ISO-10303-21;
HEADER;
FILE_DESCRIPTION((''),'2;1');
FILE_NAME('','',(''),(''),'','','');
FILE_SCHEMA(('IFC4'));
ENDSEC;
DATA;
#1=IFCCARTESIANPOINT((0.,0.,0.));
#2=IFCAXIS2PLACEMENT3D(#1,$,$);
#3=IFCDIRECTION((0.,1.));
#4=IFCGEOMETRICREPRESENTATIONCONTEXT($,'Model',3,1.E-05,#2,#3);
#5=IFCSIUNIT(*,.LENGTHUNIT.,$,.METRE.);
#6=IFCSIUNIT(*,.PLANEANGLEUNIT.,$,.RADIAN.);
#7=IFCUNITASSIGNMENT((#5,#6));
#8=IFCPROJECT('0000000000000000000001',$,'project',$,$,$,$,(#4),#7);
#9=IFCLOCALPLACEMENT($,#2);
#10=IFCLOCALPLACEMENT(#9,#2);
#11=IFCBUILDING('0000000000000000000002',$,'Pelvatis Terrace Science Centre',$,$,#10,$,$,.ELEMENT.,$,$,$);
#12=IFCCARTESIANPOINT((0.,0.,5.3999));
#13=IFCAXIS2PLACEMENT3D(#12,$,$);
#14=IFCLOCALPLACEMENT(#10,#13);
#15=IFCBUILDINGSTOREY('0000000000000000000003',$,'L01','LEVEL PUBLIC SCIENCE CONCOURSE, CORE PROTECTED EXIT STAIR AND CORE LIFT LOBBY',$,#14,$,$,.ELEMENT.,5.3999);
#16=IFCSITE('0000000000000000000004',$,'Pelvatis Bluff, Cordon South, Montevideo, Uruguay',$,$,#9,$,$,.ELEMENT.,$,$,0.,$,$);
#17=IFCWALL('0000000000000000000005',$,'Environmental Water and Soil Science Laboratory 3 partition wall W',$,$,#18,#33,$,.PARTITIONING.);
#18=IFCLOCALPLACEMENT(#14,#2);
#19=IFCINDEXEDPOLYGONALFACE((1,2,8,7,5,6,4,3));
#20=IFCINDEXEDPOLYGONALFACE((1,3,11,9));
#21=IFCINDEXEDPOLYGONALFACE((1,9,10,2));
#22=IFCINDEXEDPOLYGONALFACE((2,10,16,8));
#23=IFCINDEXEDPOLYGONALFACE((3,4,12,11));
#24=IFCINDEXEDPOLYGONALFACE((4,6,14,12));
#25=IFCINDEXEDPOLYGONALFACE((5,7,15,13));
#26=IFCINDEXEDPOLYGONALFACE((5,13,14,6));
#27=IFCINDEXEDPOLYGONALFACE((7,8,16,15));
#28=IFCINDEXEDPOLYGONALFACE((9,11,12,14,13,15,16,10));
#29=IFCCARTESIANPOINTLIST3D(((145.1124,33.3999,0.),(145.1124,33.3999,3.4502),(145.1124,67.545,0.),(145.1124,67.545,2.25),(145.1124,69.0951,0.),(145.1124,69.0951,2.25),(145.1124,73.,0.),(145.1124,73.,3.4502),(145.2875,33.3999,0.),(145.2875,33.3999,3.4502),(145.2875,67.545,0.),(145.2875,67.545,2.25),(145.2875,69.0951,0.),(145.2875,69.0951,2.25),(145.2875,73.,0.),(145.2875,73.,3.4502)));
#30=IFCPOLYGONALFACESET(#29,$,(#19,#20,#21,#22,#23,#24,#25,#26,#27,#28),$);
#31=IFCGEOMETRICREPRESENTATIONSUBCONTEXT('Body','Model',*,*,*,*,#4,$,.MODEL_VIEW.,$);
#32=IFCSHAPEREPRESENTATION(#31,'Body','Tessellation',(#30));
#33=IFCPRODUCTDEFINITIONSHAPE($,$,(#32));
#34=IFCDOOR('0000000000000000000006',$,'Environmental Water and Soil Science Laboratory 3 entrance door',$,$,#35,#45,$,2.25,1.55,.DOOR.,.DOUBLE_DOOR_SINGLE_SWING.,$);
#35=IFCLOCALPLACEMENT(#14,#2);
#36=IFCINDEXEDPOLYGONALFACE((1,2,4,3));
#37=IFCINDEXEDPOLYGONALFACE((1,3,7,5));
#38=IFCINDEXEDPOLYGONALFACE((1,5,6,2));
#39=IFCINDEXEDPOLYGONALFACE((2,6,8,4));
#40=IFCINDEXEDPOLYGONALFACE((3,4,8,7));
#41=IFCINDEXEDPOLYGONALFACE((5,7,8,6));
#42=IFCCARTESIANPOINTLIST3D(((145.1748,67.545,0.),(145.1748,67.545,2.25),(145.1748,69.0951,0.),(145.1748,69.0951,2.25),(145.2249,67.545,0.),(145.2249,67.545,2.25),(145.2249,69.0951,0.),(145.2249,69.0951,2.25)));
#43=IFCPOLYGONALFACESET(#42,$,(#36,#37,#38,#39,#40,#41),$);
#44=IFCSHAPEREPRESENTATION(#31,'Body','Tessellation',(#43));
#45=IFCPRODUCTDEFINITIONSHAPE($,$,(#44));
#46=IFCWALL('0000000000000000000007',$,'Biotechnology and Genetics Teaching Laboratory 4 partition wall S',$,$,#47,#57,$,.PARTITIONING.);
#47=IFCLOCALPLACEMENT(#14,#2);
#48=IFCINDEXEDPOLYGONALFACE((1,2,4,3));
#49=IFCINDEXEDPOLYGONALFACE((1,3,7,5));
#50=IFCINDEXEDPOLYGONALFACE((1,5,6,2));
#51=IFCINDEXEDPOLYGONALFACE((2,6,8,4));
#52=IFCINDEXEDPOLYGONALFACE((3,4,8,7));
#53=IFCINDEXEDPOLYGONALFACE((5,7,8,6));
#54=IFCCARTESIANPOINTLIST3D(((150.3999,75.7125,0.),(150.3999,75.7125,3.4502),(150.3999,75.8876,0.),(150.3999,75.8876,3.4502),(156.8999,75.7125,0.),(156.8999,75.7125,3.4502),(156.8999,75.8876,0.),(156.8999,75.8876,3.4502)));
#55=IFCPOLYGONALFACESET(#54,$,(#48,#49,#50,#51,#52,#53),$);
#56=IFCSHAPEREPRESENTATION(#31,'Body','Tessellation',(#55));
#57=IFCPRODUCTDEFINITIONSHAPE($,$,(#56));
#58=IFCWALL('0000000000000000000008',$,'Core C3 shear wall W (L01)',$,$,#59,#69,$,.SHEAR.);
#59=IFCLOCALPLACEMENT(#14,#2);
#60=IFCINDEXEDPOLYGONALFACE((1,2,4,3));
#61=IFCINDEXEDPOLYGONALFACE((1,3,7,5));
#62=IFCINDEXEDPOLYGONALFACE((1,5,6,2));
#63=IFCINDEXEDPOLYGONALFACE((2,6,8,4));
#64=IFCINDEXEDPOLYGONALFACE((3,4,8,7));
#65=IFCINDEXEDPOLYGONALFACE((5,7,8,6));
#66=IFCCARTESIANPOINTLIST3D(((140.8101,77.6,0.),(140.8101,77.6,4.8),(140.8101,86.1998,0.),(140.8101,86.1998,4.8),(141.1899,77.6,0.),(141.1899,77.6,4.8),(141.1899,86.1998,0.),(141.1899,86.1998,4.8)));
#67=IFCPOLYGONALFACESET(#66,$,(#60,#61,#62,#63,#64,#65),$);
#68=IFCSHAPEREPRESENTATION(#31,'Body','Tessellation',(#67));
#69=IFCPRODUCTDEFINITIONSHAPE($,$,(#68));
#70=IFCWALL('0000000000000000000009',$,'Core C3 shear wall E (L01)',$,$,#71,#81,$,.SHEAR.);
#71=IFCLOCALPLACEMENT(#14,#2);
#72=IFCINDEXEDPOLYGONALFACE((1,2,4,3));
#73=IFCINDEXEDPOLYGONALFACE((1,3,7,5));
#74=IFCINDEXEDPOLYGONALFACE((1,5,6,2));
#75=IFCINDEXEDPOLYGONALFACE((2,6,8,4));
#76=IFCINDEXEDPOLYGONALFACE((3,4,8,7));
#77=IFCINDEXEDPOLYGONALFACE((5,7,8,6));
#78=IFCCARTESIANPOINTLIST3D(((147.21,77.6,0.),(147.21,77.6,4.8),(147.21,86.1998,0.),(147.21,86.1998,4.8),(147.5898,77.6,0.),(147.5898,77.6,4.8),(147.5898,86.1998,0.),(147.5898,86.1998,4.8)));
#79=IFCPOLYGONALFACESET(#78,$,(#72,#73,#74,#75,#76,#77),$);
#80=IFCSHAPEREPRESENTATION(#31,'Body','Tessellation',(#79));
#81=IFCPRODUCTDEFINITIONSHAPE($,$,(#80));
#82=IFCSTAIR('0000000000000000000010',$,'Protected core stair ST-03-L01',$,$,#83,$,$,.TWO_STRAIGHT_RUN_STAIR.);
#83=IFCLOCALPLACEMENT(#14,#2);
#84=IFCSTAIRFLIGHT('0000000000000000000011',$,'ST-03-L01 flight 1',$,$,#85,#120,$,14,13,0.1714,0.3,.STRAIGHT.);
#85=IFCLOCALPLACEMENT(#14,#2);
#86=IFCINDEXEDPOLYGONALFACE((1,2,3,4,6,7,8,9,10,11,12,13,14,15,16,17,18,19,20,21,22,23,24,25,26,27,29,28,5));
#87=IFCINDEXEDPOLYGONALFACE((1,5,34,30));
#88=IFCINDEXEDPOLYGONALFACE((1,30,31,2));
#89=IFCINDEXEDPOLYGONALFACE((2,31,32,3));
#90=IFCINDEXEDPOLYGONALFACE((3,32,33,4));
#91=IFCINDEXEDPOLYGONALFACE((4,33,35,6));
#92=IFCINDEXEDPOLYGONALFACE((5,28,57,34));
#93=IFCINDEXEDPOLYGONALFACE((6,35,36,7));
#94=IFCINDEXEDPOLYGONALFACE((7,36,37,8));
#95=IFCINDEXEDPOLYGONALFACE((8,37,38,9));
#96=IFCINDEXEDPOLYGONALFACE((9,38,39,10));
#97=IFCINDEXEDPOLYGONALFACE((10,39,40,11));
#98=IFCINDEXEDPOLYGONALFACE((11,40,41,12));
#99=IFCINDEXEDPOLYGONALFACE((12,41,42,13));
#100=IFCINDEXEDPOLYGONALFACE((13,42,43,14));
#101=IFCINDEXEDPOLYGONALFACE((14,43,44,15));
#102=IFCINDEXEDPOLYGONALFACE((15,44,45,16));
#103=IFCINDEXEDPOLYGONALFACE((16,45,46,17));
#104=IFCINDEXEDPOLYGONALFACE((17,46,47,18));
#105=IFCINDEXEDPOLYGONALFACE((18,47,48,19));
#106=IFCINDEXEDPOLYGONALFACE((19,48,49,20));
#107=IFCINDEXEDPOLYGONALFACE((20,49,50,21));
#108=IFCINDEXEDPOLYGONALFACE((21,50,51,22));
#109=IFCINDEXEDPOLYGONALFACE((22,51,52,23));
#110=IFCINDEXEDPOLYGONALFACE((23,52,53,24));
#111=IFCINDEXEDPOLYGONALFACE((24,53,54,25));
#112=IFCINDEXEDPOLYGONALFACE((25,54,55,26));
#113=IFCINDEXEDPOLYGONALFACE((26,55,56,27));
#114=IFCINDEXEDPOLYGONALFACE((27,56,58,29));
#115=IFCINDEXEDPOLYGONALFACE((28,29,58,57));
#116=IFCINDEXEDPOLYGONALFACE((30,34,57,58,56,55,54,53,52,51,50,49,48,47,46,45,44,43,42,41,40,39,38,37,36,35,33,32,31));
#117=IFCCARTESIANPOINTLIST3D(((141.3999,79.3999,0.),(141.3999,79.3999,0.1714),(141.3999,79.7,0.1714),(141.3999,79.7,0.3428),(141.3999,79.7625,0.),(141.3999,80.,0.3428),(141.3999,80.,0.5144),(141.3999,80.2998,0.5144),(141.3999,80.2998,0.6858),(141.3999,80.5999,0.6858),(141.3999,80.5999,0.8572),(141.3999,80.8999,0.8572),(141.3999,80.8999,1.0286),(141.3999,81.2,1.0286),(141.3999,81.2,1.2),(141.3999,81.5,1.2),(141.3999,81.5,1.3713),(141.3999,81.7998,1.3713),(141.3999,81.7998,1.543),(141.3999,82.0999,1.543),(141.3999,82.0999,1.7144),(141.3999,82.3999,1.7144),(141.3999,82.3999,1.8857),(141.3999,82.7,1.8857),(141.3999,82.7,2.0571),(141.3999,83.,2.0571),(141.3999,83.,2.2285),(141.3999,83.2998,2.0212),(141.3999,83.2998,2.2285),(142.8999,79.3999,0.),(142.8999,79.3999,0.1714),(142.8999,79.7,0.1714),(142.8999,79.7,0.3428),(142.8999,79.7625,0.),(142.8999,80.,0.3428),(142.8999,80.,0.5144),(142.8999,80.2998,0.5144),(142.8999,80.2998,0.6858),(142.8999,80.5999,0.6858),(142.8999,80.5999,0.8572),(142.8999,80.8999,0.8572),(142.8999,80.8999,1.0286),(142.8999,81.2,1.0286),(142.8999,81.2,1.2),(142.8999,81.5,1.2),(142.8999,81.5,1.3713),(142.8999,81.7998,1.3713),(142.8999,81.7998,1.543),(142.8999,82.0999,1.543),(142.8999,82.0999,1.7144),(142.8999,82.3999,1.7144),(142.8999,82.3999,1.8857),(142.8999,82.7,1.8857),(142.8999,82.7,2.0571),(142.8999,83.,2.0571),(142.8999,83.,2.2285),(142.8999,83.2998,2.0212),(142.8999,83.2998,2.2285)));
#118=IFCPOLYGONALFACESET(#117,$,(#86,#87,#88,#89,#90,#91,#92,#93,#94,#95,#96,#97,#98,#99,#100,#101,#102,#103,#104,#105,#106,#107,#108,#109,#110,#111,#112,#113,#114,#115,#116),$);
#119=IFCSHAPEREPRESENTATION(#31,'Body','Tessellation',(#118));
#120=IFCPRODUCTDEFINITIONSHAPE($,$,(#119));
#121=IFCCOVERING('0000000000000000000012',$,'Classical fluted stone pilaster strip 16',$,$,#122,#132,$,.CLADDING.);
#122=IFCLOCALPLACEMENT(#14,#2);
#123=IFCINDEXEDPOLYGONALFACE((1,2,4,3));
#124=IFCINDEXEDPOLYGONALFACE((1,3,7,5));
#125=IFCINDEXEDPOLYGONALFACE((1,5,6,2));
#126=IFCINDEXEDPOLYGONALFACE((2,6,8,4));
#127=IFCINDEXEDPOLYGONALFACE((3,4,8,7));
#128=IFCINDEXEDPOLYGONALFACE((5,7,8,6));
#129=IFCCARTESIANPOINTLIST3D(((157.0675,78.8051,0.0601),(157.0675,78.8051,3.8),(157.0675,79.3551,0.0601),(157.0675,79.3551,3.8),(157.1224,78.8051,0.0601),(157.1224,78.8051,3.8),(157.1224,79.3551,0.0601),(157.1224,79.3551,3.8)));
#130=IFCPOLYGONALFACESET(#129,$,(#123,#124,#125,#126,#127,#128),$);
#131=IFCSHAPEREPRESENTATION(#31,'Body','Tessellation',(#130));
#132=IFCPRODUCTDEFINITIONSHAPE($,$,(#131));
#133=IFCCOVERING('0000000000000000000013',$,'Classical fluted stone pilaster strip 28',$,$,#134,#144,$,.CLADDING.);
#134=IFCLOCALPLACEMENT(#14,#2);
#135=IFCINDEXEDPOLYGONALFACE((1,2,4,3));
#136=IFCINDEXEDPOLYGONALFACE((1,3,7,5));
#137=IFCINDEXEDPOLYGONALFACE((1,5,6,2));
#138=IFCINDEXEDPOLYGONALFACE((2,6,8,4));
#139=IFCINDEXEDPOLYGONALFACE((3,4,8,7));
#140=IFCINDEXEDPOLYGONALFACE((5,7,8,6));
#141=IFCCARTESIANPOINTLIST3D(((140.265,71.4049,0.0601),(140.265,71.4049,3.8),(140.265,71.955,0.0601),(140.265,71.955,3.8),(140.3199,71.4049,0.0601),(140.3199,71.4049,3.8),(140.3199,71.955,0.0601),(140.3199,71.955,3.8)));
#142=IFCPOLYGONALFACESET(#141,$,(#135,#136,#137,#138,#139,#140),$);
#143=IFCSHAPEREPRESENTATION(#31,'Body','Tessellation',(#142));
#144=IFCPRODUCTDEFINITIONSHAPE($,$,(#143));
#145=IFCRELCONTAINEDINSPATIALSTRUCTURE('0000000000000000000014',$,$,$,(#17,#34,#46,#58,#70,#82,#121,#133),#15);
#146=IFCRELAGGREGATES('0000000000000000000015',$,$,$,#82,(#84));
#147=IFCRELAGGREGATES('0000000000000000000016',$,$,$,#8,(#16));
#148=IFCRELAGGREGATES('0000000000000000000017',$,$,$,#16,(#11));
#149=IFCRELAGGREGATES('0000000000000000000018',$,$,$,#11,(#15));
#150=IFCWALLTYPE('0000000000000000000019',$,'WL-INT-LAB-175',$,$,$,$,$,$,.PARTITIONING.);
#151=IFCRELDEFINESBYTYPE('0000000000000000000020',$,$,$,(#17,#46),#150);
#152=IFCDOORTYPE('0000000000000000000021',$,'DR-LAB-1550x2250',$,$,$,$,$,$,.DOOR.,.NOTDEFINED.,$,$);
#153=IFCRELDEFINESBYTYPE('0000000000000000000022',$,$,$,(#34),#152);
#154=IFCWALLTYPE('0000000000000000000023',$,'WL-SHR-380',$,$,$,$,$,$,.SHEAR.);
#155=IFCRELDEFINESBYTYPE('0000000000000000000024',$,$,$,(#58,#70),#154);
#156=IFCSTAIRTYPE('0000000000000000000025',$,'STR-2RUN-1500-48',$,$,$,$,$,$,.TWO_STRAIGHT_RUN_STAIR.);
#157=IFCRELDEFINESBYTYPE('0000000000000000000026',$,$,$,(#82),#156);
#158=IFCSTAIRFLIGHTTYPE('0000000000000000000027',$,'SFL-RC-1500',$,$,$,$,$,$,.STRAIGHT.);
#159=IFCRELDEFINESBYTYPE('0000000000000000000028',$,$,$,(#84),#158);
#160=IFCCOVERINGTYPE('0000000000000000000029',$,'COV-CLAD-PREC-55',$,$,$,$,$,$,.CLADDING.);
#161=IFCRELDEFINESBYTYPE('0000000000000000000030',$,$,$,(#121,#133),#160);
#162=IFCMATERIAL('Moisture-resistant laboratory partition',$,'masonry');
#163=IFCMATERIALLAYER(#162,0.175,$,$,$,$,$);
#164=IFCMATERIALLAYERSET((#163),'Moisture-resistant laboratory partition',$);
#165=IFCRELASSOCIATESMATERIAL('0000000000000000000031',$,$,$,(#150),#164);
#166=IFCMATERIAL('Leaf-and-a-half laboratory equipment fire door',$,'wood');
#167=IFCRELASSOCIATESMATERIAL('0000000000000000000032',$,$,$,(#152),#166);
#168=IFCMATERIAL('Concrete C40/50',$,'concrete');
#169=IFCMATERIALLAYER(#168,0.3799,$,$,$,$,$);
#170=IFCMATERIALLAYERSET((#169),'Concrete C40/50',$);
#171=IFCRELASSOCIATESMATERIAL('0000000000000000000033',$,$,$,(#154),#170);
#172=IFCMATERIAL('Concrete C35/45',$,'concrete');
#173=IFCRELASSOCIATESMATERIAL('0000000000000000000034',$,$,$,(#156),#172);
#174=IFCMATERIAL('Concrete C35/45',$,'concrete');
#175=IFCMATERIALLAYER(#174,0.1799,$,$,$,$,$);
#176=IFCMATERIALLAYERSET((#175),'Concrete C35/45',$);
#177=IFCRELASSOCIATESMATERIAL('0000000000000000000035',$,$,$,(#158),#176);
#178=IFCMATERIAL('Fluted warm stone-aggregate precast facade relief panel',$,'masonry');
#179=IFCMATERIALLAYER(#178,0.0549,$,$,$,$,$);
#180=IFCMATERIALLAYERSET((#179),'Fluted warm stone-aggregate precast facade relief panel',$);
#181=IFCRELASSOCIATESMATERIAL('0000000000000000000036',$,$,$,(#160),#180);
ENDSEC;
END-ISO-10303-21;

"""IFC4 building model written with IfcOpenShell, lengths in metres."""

from ifc_helpers import new_model, si_unit, direction, frame, frame_2d, origin, origin_2d, place, context, subcontext, project, spatial, polyline, rectangle, outline, extrude, material, layer, layer_set, type_object, element, fill, aggregate, save


model = new_model("IFC4")

# Units and contexts
model_context = context("Model", 3, precision=1e-05, world=origin(), true_north=direction((0.0, 1.0)))
body_context = subcontext(model_context, "Body", "Model", "MODEL_VIEW")
ifc_project = project(units=[si_unit("LENGTHUNIT", "METRE"), si_unit("PLANEANGLEUNIT", "RADIAN")], contexts=[model_context])

# Site, building, storey
site_placement = place(None, origin())
site = spatial("IfcSite", under=ifc_project, at=site_placement, Name="Pelvatis Bluff, Cordon South, Montevideo, Uruguay", CompositionType="ELEMENT", RefElevation=0.0)
building_placement = place(site_placement, origin())
building = spatial("IfcBuilding", under=site, at=building_placement, Name="Pelvatis Terrace Science Centre", CompositionType="ELEMENT")
storey_placement = place(building_placement, frame((0.0, 0.0, 5.3999)))
storey = spatial("IfcBuildingStorey", under=building, at=storey_placement, Name="L01", Description="LEVEL PUBLIC SCIENCE CONCOURSE, CORE PROTECTED EXIT STAIR AND CORE LIFT LOBBY", CompositionType="ELEMENT", Elevation=5.3999)

# Shared definitions
ifc_material_1 = material(Name="Moisture-resistant laboratory partition", Category="masonry")
ifc_layer_1 = layer(ifc_material_1, 0.175)
ifc_layer_set_1 = layer_set([ifc_layer_1], Name="Moisture-resistant laboratory partition")
wall_type_1 = type_object("IfcWallType", Name="WL-INT-LAB-175", PredefinedType="PARTITIONING", material=ifc_layer_set_1)

# Wall, opening, door
wall_1_placement = place(storey_placement, frame((145.2, 73.0, 0.0), z_axis=(0.0, 0.0, 1.0), x_axis=(0.0, -1.0, 0.0)))
wall_1 = element("IfcWall", 1, at=wall_1_placement, inside=storey, type_object=wall_type_1, Name="Environmental Water and Soil Science Laboratory 3 partition wall W", PredefinedType="PARTITIONING", context=body_context, shape_type="SweptSolid", body=[
    extrude(rectangle(XDim=39.6001, YDim=0.175, at=frame_2d((19.8, 0.0))), origin(), (0.0, 0.0, 1.0), 3.4502),
])
opening_1_placement = place(wall_1_placement, frame((3.905, 0.0, 0.0)))
opening_1 = element("IfcOpeningElement", 2, at=opening_1_placement, cuts=wall_1, PredefinedType="OPENING", context=body_context, shape_type="SweptSolid", body=[
    extrude(rectangle(XDim=1.55, YDim=2.25, at=frame_2d((0.7749, 1.125))), frame((0.0, 0.0974, 0.0), z_axis=(0.0, -1.0, 0.0), x_axis=(1.0, 0.0, 0.0)), (0.0, 0.0, 1.0), 0.1951),
])
ifc_material_2 = material(Name="Leaf-and-a-half laboratory equipment fire door", Category="wood")
door_type_1 = type_object("IfcDoorType", Name="DR-LAB-1550x2250", OperationType="NOTDEFINED", PredefinedType="DOOR", material=ifc_material_2)
door_1_placement = place(opening_1_placement, origin())
door_1 = element("IfcDoor", 3, at=door_1_placement, inside=storey, type_object=door_type_1, Name="Environmental Water and Soil Science Laboratory 3 entrance door", OperationType="DOUBLE_DOOR_SINGLE_SWING", OverallHeight=2.25, OverallWidth=1.55, PredefinedType="DOOR", context=body_context, shape_type="SweptSolid", body=[
    extrude(rectangle(XDim=1.55, YDim=2.25, at=frame_2d((0.7749, 1.125))), frame((0.0, 0.0249, 0.0), z_axis=(0.0, -1.0, 0.0), x_axis=(1.0, 0.0, 0.0)), (0.0, 0.0, 1.0), 0.05),
])
fill(opening_1, door_1)

# Walls
wall_2_placement = place(storey_placement, frame((150.3999, 75.8, 0.0), z_axis=(0.0, 0.0, 1.0), x_axis=(1.0, 0.0, 0.0)))
element("IfcWall", 4, at=wall_2_placement, inside=storey, type_object=wall_type_1, Name="Biotechnology and Genetics Teaching Laboratory 4 partition wall S", PredefinedType="PARTITIONING", context=body_context, shape_type="SweptSolid", body=[
    extrude(rectangle(XDim=6.5, YDim=0.175, at=frame_2d((3.25, 0.0))), origin(), (0.0, 0.0, 1.0), 3.4502),
])
ifc_material_3 = material(Name="Concrete C40/50", Category="concrete")
ifc_layer_2 = layer(ifc_material_3, 0.3799)
ifc_layer_set_2 = layer_set([ifc_layer_2], Name="Concrete C40/50")
wall_type_2 = type_object("IfcWallType", Name="WL-SHR-380", PredefinedType="SHEAR", material=ifc_layer_set_2)
for number, where, z_axis, x_axis, name in (
    (5, (141.0, 77.6001, 0.0), (0.0, 0.0, 1.0), (0.0, 1.0, 0.0), "Core C3 shear wall W (L01)"),
    (6, (147.3999, 77.6001, 0.0), (0.0, 0.0, 1.0), (0.0, 1.0, 0.0), "Core C3 shear wall E (L01)"),
):
    element("IfcWall", number, at=place(storey_placement, frame(where, z_axis=z_axis, x_axis=x_axis)), inside=storey, type_object=wall_type_2, Name=name, PredefinedType="SHEAR", context=body_context, shape_type="SweptSolid", body=[
        extrude(rectangle(XDim=8.5999, YDim=0.3799, at=frame_2d((4.2998, 0.0))), origin(), (0.0, 0.0, 1.0), 4.8),
    ])

# Stair, stair flight
ifc_material_4 = material(Name="Concrete C35/45", Category="concrete")
stair_type = type_object("IfcStairType", Name="STR-2RUN-1500-48", PredefinedType="TWO_STRAIGHT_RUN_STAIR", material=ifc_material_4)
stair_placement = place(storey_placement, origin())
stair = element("IfcStair", 7, at=stair_placement, inside=storey, type_object=stair_type, Name="Protected core stair ST-03-L01", PredefinedType="TWO_STRAIGHT_RUN_STAIR")
ifc_material_5 = material(Name="Concrete C35/45", Category="concrete")
ifc_layer_3 = layer(ifc_material_5, 0.1799)
ifc_layer_set_3 = layer_set([ifc_layer_3], Name="Concrete C35/45")
stair_flight_type = type_object("IfcStairFlightType", Name="SFL-RC-1500", PredefinedType="STRAIGHT", material=ifc_layer_set_3)
stair_flight_placement = place(storey_placement, frame((142.1499, 79.3999, 0.0), z_axis=(0.0, 0.0, 1.0), x_axis=(0.0, 1.0, 0.0)))
stair_flight = element("IfcStairFlight", 8, at=stair_flight_placement, type_object=stair_flight_type, Name="ST-03-L01 flight 1", NumberOfRisers=14, NumberOfTreads=13, PredefinedType="STRAIGHT", RiserHeight=0.1714, TreadLength=0.3, context=body_context, shape_type="SweptSolid", body=[
    extrude(outline(polyline([(0.0, 0.0), (0.0, 0.1714), (0.3, 0.1714), (0.3, 0.3428), (0.6001, 0.3428), (0.6001, 0.5144), (0.8999, 0.5144), (0.8999, 0.6858), (1.2, 0.6858), (1.2, 0.8572), (1.5, 0.8572), (1.5, 1.0286), (1.8, 1.0286), (1.8, 1.2), (2.1001, 1.2), (2.1001, 1.3713), (2.3999, 1.3713), (2.3999, 1.543), (2.7, 1.543), (2.7, 1.7144), (3.0, 1.7144), (3.0, 1.8857), (3.3, 1.8857), (3.3, 2.0571), (3.6001, 2.0571), (3.6001, 2.2285), (3.8999, 2.2285), (3.8999, 2.3999), (3.8999, 2.0212), (0.3625, 0.0), (0.0, 0.0)])), frame((0.0, 0.75, 0.0), z_axis=(0.0, -1.0, 0.0), x_axis=(1.0, 0.0, 0.0)), (0.0, 0.0, 1.0), 1.5),
])
aggregate(stair, [stair_flight])

# Coverings
ifc_material_6 = material(Name="Fluted warm stone-aggregate precast facade relief panel", Category="masonry")
ifc_layer_4 = layer(ifc_material_6, 0.0549)
ifc_layer_set_4 = layer_set([ifc_layer_4], Name="Fluted warm stone-aggregate precast facade relief panel")
covering_type = type_object("IfcCoveringType", Name="COV-CLAD-PREC-55", PredefinedType="CLADDING", material=ifc_layer_set_4)
for number, where, z_axis, x_axis, name in (
    (9, (157.095, 79.0801, 0.0601), (0.0, 0.0, 1.0), (1.0, 0.0, 0.0), "Classical fluted stone pilaster strip 16"),
    (10, (140.2925, 71.6799, 0.0601), (0.0, 0.0, 1.0), (1.0, 0.0, 0.0), "Classical fluted stone pilaster strip 28"),
):
    element("IfcCovering", number, at=place(storey_placement, frame(where, z_axis=z_axis, x_axis=x_axis)), inside=storey, type_object=covering_type, Name=name, PredefinedType="CLADDING", context=body_context, shape_type="SweptSolid", body=[
        extrude(rectangle(XDim=0.0549, YDim=0.55, at=origin_2d()), origin(), (0.0, 0.0, 1.0), 3.74),
    ])

save(model, "model.ifc")
